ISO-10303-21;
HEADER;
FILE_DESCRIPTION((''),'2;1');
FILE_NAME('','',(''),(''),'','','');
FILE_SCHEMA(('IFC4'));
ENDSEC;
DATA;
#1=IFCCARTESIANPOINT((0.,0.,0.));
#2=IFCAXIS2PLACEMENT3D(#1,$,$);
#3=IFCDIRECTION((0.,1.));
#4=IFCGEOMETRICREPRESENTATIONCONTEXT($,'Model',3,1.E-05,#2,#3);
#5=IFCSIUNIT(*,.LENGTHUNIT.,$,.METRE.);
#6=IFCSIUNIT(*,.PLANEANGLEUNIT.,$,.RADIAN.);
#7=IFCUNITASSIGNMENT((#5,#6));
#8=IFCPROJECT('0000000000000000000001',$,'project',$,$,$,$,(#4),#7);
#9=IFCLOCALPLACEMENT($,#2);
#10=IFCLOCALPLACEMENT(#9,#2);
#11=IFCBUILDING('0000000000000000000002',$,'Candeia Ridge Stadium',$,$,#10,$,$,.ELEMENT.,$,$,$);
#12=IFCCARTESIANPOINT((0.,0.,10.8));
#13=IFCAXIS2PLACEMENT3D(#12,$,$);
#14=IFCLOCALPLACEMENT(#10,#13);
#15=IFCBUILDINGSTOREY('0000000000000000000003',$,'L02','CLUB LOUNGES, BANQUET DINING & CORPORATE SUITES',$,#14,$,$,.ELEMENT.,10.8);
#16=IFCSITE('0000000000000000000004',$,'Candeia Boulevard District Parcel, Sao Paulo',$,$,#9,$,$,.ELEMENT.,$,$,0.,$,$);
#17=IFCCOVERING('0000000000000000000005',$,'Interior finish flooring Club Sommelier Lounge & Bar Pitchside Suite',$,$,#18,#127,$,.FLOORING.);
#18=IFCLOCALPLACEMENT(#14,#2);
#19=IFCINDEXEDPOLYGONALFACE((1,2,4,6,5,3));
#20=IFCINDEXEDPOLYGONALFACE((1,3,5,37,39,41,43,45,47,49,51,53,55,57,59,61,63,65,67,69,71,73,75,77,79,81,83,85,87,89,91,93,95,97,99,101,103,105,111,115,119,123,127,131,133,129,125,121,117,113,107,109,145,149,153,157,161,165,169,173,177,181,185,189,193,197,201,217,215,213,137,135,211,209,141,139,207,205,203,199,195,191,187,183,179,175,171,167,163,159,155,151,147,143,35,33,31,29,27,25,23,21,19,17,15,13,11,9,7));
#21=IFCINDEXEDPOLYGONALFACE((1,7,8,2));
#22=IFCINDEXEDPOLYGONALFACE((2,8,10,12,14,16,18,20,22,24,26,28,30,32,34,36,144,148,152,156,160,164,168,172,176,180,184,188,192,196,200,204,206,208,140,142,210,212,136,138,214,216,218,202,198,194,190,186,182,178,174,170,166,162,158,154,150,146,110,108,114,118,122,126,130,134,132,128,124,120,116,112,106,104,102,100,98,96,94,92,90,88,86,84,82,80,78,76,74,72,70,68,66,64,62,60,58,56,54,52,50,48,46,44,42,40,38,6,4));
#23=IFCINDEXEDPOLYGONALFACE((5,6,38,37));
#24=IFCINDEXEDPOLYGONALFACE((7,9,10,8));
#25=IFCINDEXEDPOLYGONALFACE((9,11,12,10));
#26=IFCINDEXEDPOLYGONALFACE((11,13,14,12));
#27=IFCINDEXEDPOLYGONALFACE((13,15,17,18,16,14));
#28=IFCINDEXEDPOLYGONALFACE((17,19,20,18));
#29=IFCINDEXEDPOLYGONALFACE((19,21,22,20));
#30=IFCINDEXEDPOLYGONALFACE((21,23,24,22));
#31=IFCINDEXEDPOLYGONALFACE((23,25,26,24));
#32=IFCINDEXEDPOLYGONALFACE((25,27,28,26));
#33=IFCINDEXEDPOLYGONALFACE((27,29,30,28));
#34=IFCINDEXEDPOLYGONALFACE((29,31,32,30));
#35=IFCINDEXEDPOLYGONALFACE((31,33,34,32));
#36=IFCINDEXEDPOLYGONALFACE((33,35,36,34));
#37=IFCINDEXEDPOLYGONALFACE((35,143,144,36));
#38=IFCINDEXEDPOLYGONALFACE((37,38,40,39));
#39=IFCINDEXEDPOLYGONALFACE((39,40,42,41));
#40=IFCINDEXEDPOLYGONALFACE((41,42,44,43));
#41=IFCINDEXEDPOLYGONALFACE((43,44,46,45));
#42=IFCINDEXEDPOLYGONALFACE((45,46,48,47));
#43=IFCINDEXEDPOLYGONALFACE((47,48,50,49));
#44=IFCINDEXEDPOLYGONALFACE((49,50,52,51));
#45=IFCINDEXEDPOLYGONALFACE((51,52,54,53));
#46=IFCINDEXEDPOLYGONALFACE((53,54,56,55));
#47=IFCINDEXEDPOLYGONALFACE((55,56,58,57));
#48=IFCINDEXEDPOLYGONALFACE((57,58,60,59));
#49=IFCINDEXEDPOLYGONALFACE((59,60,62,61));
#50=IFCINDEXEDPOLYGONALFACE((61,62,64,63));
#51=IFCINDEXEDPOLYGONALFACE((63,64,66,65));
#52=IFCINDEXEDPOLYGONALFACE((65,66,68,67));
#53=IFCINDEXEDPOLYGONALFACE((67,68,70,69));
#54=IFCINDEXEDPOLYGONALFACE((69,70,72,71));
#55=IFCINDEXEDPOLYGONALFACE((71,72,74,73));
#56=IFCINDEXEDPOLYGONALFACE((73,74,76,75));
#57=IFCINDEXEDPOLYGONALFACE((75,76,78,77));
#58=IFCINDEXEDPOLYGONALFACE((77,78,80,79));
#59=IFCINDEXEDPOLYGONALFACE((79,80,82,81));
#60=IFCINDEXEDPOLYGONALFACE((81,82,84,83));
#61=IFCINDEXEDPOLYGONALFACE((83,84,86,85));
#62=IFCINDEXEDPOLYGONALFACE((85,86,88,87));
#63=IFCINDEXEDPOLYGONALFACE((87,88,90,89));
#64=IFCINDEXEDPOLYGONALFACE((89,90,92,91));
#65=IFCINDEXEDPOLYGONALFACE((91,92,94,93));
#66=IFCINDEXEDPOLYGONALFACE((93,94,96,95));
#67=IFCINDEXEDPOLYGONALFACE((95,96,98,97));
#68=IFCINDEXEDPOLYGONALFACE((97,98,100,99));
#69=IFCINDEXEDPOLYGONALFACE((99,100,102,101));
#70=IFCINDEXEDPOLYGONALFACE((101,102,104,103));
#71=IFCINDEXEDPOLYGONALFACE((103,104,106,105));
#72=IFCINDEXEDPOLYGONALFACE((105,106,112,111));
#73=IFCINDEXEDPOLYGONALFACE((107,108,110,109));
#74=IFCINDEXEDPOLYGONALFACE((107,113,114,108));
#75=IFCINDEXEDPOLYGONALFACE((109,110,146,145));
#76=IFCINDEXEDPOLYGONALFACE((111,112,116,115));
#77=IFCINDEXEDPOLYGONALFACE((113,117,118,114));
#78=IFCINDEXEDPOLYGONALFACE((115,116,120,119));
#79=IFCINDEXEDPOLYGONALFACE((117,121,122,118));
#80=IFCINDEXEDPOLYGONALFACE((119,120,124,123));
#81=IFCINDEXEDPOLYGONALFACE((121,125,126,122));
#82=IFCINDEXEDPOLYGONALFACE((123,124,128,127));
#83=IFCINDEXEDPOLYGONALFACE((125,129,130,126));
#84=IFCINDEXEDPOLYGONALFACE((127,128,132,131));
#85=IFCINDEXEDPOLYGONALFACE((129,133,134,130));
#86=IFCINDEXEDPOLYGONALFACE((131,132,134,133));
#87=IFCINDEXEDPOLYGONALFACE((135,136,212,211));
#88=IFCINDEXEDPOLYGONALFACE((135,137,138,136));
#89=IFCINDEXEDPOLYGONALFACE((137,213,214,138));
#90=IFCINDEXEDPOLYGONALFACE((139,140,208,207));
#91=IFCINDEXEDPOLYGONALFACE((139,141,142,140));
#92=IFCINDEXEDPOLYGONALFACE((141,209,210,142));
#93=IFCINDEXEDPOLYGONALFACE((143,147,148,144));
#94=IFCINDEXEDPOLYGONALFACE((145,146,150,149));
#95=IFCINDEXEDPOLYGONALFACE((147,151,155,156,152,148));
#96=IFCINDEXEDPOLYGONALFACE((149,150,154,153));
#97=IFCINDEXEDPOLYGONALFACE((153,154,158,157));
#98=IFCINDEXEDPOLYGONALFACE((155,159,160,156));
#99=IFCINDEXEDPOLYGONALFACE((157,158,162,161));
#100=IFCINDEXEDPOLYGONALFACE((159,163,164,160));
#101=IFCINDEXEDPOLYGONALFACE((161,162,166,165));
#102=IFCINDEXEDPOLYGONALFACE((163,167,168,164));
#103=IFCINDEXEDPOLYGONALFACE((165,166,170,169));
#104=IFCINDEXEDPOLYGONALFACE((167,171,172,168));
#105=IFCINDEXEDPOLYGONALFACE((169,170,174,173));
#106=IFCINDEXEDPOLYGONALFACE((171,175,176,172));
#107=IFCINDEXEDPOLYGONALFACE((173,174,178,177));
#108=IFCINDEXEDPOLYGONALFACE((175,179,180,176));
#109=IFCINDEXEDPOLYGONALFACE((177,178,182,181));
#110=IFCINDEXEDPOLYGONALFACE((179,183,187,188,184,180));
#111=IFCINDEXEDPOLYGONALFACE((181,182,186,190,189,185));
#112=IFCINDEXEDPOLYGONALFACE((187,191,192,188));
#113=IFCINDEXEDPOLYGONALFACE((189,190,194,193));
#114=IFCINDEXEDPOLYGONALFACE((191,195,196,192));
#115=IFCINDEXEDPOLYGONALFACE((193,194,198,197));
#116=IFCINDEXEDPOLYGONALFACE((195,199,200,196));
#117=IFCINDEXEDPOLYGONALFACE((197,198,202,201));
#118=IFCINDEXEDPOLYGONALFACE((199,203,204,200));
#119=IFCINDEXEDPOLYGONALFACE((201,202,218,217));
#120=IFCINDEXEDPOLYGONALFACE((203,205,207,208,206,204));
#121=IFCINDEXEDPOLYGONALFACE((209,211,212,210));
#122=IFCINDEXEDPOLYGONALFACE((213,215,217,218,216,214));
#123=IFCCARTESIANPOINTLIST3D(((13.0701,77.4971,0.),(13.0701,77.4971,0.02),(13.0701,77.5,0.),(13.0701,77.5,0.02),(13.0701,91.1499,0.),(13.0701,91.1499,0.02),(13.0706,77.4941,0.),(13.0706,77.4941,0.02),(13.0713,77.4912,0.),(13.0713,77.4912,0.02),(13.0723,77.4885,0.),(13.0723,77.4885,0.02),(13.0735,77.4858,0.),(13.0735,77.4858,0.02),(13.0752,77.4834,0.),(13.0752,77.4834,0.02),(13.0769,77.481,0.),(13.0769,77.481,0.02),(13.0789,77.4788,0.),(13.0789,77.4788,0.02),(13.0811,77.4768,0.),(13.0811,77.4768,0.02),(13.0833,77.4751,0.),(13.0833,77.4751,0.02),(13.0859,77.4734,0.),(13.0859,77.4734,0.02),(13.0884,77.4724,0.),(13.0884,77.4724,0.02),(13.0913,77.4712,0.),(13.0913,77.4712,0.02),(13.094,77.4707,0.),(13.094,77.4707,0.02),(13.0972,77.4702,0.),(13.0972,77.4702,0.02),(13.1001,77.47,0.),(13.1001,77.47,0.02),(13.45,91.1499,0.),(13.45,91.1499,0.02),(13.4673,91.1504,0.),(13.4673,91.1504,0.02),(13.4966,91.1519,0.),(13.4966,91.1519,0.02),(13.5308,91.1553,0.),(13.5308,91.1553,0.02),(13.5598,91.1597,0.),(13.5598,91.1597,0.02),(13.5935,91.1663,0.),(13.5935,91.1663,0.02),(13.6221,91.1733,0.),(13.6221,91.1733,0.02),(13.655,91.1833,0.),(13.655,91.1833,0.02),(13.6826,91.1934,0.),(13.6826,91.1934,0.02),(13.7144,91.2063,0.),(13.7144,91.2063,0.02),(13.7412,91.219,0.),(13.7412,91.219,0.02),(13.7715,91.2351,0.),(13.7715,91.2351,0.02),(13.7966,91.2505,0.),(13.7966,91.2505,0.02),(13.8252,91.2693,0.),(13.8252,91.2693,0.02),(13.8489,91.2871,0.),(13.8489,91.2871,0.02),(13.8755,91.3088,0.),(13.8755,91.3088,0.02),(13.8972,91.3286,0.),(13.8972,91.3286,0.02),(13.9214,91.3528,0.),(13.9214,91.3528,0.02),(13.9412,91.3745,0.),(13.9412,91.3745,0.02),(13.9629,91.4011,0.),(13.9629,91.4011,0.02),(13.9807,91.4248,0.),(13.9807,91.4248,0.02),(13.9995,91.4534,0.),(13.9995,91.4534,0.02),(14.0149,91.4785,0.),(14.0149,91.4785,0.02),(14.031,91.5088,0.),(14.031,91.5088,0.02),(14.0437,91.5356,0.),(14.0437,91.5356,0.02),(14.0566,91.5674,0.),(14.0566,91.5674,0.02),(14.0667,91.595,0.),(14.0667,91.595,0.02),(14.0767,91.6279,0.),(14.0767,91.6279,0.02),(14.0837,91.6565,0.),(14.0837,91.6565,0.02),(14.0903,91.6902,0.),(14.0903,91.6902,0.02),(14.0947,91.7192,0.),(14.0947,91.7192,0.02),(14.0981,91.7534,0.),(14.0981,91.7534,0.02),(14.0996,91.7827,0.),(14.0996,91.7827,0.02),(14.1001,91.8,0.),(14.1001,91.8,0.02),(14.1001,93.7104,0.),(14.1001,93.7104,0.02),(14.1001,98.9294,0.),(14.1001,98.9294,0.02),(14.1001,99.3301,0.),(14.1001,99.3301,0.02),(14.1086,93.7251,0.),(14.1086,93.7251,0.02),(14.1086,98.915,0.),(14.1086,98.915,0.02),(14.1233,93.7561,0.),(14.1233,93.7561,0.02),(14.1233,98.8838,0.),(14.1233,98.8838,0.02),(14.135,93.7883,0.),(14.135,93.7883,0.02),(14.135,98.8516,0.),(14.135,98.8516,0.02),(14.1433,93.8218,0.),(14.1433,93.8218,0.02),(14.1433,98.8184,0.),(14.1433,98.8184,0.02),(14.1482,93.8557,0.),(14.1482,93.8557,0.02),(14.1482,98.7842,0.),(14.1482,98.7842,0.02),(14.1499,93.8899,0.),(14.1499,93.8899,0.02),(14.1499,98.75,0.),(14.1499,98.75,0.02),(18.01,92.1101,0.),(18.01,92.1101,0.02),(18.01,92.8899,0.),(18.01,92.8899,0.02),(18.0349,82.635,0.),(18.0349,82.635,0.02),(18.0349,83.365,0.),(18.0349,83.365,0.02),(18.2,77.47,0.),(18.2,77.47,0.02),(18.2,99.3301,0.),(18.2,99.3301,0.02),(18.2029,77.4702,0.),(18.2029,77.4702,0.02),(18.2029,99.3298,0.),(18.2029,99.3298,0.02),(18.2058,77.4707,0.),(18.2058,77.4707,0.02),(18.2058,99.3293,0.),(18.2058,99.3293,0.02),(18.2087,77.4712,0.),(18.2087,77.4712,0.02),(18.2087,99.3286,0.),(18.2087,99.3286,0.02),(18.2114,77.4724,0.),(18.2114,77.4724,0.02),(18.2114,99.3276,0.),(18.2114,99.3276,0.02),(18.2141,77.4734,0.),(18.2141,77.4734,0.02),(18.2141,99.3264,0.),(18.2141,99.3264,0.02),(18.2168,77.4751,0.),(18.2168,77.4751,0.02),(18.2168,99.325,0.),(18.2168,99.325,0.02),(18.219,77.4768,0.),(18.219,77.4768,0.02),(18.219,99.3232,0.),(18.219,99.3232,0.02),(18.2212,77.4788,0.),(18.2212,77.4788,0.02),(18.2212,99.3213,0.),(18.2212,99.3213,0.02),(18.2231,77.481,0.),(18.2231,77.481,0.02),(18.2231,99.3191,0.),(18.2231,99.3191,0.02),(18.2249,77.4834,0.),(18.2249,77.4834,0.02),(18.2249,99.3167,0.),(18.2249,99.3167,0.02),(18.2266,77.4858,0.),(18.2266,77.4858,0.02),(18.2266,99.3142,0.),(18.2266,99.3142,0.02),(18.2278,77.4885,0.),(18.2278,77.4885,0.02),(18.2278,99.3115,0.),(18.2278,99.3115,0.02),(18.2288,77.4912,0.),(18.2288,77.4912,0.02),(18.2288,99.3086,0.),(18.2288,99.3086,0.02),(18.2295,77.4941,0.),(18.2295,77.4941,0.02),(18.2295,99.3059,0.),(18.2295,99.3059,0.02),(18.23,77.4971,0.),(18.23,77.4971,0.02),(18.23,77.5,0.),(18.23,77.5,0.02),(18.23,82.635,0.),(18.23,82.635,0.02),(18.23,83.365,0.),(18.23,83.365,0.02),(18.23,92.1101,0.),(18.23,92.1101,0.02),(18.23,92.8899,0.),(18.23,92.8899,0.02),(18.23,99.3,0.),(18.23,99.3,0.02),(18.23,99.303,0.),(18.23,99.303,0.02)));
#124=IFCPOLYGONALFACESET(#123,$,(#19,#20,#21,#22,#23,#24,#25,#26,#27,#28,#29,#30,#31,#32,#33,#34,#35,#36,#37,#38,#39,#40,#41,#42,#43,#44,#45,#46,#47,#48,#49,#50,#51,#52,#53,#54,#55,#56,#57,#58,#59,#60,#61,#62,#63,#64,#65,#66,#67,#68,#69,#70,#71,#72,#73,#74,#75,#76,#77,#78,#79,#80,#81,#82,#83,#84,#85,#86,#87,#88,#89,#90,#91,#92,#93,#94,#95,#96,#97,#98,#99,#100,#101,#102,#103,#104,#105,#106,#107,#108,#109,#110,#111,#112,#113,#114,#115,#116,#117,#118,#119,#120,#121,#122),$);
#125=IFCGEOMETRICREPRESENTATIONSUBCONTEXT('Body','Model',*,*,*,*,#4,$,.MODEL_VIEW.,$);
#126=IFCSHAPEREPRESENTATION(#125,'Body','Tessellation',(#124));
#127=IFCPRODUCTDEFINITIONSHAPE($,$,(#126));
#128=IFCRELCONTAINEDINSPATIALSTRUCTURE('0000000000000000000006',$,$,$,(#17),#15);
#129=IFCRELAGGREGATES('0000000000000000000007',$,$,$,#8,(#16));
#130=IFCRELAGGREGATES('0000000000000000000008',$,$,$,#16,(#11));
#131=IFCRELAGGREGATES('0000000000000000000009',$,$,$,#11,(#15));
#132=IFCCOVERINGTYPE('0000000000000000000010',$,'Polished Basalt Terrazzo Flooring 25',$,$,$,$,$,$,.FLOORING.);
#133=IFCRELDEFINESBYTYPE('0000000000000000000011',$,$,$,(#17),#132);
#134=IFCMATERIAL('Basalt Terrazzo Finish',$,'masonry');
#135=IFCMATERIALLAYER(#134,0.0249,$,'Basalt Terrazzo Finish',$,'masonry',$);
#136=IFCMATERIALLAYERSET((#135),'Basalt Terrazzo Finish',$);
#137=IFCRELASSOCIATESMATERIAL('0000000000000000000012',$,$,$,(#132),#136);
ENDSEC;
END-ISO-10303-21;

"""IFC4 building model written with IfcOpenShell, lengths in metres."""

from ifc_helpers import new_model, si_unit, direction, frame, origin, place, context, subcontext, project, spatial, polyline, outline, extrude, material, layer, layer_set, type_object, element, save


model = new_model("IFC4")

# Units and contexts
model_context = context("Model", 3, precision=1e-05, world=origin(), true_north=direction((0.0, 1.0)))
body_context = subcontext(model_context, "Body", "Model", "MODEL_VIEW")
ifc_project = project(units=[si_unit("LENGTHUNIT", "METRE"), si_unit("PLANEANGLEUNIT", "RADIAN")], contexts=[model_context])

# Site, building, storey
site_placement = place(None, origin())
site = spatial("IfcSite", under=ifc_project, at=site_placement, Name="Candeia Boulevard District Parcel, Sao Paulo", CompositionType="ELEMENT", RefElevation=0.0)
building_placement = place(site_placement, origin())
building = spatial("IfcBuilding", under=site, at=building_placement, Name="Candeia Ridge Stadium", CompositionType="ELEMENT")
storey_placement = place(building_placement, frame((0.0, 0.0, 10.8)))
storey = spatial("IfcBuildingStorey", under=building, at=storey_placement, Name="L02", Description="CLUB LOUNGES, BANQUET DINING & CORPORATE SUITES", CompositionType="ELEMENT", Elevation=10.8)

# Covering
ifc_material_1 = material(Name="Basalt Terrazzo Finish", Category="masonry")
ifc_layer_1 = layer(ifc_material_1, 0.0249, Name="Basalt Terrazzo Finish", Category="masonry")
ifc_layer_set_1 = layer_set([ifc_layer_1], Name="Basalt Terrazzo Finish")
covering_type_1 = type_object("IfcCoveringType", Name="Polished Basalt Terrazzo Flooring 25", PredefinedType="FLOORING", material=ifc_layer_set_1)
covering_1_placement = place(storey_placement, origin())
element("IfcCovering", 1, at=covering_1_placement, inside=storey, type_object=covering_type_1, Name="Interior finish flooring Club Sommelier Lounge & Bar Pitchside Suite", PredefinedType="FLOORING", context=body_context, shape_type="SweptSolid", body=[
    extrude(outline(polyline([(18.2058, 99.3293), (18.2087, 99.3286), (18.2114, 99.3276), (18.2141, 99.3264), (18.2168, 99.325), (18.219, 99.3232), (18.2212, 99.3213), (18.2231, 99.3191), (18.2249, 99.3167), (18.2266, 99.3142), (18.2278, 99.3115), (18.2288, 99.3086), (18.2295, 99.3059), (18.23, 99.303), (18.23, 99.3), (18.23, 92.8899), (18.01, 92.8899), (18.01, 92.1101), (18.23, 92.1101), (18.23, 83.365), (18.0349, 83.365), (18.0349, 82.635), (18.23, 82.635), (18.23, 77.5), (18.23, 77.4971), (18.2295, 77.4941), (18.2288, 77.4912), (18.2278, 77.4885), (18.2266, 77.4858), (18.2249, 77.4834), (18.2231, 77.481), (18.2212, 77.4788), (18.219, 77.4768), (18.2168, 77.4751), (18.2141, 77.4734), (18.2114, 77.4724), (18.2087, 77.4712), (18.2058, 77.4707), (18.2029, 77.4702), (18.2, 77.47), (13.1001, 77.47), (13.0972, 77.4702), (13.094, 77.4707), (13.0913, 77.4712), (13.0884, 77.4724), (13.0859, 77.4734), (13.0833, 77.4751), (13.0811, 77.4768), (13.0789, 77.4788), (13.0769, 77.481), (13.0752, 77.4834), (13.0735, 77.4858), (13.0723, 77.4885), (13.0713, 77.4912), (13.0706, 77.4941), (13.0701, 77.4971), (13.0701, 77.5), (13.0701, 91.1499), (13.45, 91.1499), (13.4673, 91.1504), (13.4966, 91.1519), (13.5308, 91.1553), (13.5598, 91.1597), (13.5935, 91.1663), (13.6221, 91.1733), (13.655, 91.1833), (13.6826, 91.1934), (13.7144, 91.2063), (13.7412, 91.219), (13.7715, 91.2351), (13.7966, 91.2505), (13.8252, 91.2693), (13.8489, 91.2871), (13.8755, 91.3088), (13.8972, 91.3286), (13.9214, 91.3528), (13.9412, 91.3745), (13.9629, 91.4011), (13.9807, 91.4248), (13.9995, 91.4534), (14.0149, 91.4785), (14.031, 91.5088), (14.0437, 91.5356), (14.0566, 91.5674), (14.0667, 91.595), (14.0767, 91.6279), (14.0837, 91.6565), (14.0903, 91.6902), (14.0947, 91.7192), (14.0981, 91.7534), (14.0996, 91.7827), (14.1001, 91.8), (14.1001, 93.7104), (14.1086, 93.7251), (14.1233, 93.7561), (14.135, 93.7883), (14.1433, 93.8218), (14.1482, 93.8557), (14.1499, 93.8899), (14.1499, 98.75), (14.1482, 98.7842), (14.1433, 98.8184), (14.135, 98.8516), (14.1233, 98.8838), (14.1086, 98.915), (14.1001, 98.9294), (14.1001, 99.3301), (18.2, 99.3301), (18.2029, 99.3298), (18.2058, 99.3293)])), origin(), (0.0, 0.0, 1.0), 0.02),
])

save(model, "model.ifc")
